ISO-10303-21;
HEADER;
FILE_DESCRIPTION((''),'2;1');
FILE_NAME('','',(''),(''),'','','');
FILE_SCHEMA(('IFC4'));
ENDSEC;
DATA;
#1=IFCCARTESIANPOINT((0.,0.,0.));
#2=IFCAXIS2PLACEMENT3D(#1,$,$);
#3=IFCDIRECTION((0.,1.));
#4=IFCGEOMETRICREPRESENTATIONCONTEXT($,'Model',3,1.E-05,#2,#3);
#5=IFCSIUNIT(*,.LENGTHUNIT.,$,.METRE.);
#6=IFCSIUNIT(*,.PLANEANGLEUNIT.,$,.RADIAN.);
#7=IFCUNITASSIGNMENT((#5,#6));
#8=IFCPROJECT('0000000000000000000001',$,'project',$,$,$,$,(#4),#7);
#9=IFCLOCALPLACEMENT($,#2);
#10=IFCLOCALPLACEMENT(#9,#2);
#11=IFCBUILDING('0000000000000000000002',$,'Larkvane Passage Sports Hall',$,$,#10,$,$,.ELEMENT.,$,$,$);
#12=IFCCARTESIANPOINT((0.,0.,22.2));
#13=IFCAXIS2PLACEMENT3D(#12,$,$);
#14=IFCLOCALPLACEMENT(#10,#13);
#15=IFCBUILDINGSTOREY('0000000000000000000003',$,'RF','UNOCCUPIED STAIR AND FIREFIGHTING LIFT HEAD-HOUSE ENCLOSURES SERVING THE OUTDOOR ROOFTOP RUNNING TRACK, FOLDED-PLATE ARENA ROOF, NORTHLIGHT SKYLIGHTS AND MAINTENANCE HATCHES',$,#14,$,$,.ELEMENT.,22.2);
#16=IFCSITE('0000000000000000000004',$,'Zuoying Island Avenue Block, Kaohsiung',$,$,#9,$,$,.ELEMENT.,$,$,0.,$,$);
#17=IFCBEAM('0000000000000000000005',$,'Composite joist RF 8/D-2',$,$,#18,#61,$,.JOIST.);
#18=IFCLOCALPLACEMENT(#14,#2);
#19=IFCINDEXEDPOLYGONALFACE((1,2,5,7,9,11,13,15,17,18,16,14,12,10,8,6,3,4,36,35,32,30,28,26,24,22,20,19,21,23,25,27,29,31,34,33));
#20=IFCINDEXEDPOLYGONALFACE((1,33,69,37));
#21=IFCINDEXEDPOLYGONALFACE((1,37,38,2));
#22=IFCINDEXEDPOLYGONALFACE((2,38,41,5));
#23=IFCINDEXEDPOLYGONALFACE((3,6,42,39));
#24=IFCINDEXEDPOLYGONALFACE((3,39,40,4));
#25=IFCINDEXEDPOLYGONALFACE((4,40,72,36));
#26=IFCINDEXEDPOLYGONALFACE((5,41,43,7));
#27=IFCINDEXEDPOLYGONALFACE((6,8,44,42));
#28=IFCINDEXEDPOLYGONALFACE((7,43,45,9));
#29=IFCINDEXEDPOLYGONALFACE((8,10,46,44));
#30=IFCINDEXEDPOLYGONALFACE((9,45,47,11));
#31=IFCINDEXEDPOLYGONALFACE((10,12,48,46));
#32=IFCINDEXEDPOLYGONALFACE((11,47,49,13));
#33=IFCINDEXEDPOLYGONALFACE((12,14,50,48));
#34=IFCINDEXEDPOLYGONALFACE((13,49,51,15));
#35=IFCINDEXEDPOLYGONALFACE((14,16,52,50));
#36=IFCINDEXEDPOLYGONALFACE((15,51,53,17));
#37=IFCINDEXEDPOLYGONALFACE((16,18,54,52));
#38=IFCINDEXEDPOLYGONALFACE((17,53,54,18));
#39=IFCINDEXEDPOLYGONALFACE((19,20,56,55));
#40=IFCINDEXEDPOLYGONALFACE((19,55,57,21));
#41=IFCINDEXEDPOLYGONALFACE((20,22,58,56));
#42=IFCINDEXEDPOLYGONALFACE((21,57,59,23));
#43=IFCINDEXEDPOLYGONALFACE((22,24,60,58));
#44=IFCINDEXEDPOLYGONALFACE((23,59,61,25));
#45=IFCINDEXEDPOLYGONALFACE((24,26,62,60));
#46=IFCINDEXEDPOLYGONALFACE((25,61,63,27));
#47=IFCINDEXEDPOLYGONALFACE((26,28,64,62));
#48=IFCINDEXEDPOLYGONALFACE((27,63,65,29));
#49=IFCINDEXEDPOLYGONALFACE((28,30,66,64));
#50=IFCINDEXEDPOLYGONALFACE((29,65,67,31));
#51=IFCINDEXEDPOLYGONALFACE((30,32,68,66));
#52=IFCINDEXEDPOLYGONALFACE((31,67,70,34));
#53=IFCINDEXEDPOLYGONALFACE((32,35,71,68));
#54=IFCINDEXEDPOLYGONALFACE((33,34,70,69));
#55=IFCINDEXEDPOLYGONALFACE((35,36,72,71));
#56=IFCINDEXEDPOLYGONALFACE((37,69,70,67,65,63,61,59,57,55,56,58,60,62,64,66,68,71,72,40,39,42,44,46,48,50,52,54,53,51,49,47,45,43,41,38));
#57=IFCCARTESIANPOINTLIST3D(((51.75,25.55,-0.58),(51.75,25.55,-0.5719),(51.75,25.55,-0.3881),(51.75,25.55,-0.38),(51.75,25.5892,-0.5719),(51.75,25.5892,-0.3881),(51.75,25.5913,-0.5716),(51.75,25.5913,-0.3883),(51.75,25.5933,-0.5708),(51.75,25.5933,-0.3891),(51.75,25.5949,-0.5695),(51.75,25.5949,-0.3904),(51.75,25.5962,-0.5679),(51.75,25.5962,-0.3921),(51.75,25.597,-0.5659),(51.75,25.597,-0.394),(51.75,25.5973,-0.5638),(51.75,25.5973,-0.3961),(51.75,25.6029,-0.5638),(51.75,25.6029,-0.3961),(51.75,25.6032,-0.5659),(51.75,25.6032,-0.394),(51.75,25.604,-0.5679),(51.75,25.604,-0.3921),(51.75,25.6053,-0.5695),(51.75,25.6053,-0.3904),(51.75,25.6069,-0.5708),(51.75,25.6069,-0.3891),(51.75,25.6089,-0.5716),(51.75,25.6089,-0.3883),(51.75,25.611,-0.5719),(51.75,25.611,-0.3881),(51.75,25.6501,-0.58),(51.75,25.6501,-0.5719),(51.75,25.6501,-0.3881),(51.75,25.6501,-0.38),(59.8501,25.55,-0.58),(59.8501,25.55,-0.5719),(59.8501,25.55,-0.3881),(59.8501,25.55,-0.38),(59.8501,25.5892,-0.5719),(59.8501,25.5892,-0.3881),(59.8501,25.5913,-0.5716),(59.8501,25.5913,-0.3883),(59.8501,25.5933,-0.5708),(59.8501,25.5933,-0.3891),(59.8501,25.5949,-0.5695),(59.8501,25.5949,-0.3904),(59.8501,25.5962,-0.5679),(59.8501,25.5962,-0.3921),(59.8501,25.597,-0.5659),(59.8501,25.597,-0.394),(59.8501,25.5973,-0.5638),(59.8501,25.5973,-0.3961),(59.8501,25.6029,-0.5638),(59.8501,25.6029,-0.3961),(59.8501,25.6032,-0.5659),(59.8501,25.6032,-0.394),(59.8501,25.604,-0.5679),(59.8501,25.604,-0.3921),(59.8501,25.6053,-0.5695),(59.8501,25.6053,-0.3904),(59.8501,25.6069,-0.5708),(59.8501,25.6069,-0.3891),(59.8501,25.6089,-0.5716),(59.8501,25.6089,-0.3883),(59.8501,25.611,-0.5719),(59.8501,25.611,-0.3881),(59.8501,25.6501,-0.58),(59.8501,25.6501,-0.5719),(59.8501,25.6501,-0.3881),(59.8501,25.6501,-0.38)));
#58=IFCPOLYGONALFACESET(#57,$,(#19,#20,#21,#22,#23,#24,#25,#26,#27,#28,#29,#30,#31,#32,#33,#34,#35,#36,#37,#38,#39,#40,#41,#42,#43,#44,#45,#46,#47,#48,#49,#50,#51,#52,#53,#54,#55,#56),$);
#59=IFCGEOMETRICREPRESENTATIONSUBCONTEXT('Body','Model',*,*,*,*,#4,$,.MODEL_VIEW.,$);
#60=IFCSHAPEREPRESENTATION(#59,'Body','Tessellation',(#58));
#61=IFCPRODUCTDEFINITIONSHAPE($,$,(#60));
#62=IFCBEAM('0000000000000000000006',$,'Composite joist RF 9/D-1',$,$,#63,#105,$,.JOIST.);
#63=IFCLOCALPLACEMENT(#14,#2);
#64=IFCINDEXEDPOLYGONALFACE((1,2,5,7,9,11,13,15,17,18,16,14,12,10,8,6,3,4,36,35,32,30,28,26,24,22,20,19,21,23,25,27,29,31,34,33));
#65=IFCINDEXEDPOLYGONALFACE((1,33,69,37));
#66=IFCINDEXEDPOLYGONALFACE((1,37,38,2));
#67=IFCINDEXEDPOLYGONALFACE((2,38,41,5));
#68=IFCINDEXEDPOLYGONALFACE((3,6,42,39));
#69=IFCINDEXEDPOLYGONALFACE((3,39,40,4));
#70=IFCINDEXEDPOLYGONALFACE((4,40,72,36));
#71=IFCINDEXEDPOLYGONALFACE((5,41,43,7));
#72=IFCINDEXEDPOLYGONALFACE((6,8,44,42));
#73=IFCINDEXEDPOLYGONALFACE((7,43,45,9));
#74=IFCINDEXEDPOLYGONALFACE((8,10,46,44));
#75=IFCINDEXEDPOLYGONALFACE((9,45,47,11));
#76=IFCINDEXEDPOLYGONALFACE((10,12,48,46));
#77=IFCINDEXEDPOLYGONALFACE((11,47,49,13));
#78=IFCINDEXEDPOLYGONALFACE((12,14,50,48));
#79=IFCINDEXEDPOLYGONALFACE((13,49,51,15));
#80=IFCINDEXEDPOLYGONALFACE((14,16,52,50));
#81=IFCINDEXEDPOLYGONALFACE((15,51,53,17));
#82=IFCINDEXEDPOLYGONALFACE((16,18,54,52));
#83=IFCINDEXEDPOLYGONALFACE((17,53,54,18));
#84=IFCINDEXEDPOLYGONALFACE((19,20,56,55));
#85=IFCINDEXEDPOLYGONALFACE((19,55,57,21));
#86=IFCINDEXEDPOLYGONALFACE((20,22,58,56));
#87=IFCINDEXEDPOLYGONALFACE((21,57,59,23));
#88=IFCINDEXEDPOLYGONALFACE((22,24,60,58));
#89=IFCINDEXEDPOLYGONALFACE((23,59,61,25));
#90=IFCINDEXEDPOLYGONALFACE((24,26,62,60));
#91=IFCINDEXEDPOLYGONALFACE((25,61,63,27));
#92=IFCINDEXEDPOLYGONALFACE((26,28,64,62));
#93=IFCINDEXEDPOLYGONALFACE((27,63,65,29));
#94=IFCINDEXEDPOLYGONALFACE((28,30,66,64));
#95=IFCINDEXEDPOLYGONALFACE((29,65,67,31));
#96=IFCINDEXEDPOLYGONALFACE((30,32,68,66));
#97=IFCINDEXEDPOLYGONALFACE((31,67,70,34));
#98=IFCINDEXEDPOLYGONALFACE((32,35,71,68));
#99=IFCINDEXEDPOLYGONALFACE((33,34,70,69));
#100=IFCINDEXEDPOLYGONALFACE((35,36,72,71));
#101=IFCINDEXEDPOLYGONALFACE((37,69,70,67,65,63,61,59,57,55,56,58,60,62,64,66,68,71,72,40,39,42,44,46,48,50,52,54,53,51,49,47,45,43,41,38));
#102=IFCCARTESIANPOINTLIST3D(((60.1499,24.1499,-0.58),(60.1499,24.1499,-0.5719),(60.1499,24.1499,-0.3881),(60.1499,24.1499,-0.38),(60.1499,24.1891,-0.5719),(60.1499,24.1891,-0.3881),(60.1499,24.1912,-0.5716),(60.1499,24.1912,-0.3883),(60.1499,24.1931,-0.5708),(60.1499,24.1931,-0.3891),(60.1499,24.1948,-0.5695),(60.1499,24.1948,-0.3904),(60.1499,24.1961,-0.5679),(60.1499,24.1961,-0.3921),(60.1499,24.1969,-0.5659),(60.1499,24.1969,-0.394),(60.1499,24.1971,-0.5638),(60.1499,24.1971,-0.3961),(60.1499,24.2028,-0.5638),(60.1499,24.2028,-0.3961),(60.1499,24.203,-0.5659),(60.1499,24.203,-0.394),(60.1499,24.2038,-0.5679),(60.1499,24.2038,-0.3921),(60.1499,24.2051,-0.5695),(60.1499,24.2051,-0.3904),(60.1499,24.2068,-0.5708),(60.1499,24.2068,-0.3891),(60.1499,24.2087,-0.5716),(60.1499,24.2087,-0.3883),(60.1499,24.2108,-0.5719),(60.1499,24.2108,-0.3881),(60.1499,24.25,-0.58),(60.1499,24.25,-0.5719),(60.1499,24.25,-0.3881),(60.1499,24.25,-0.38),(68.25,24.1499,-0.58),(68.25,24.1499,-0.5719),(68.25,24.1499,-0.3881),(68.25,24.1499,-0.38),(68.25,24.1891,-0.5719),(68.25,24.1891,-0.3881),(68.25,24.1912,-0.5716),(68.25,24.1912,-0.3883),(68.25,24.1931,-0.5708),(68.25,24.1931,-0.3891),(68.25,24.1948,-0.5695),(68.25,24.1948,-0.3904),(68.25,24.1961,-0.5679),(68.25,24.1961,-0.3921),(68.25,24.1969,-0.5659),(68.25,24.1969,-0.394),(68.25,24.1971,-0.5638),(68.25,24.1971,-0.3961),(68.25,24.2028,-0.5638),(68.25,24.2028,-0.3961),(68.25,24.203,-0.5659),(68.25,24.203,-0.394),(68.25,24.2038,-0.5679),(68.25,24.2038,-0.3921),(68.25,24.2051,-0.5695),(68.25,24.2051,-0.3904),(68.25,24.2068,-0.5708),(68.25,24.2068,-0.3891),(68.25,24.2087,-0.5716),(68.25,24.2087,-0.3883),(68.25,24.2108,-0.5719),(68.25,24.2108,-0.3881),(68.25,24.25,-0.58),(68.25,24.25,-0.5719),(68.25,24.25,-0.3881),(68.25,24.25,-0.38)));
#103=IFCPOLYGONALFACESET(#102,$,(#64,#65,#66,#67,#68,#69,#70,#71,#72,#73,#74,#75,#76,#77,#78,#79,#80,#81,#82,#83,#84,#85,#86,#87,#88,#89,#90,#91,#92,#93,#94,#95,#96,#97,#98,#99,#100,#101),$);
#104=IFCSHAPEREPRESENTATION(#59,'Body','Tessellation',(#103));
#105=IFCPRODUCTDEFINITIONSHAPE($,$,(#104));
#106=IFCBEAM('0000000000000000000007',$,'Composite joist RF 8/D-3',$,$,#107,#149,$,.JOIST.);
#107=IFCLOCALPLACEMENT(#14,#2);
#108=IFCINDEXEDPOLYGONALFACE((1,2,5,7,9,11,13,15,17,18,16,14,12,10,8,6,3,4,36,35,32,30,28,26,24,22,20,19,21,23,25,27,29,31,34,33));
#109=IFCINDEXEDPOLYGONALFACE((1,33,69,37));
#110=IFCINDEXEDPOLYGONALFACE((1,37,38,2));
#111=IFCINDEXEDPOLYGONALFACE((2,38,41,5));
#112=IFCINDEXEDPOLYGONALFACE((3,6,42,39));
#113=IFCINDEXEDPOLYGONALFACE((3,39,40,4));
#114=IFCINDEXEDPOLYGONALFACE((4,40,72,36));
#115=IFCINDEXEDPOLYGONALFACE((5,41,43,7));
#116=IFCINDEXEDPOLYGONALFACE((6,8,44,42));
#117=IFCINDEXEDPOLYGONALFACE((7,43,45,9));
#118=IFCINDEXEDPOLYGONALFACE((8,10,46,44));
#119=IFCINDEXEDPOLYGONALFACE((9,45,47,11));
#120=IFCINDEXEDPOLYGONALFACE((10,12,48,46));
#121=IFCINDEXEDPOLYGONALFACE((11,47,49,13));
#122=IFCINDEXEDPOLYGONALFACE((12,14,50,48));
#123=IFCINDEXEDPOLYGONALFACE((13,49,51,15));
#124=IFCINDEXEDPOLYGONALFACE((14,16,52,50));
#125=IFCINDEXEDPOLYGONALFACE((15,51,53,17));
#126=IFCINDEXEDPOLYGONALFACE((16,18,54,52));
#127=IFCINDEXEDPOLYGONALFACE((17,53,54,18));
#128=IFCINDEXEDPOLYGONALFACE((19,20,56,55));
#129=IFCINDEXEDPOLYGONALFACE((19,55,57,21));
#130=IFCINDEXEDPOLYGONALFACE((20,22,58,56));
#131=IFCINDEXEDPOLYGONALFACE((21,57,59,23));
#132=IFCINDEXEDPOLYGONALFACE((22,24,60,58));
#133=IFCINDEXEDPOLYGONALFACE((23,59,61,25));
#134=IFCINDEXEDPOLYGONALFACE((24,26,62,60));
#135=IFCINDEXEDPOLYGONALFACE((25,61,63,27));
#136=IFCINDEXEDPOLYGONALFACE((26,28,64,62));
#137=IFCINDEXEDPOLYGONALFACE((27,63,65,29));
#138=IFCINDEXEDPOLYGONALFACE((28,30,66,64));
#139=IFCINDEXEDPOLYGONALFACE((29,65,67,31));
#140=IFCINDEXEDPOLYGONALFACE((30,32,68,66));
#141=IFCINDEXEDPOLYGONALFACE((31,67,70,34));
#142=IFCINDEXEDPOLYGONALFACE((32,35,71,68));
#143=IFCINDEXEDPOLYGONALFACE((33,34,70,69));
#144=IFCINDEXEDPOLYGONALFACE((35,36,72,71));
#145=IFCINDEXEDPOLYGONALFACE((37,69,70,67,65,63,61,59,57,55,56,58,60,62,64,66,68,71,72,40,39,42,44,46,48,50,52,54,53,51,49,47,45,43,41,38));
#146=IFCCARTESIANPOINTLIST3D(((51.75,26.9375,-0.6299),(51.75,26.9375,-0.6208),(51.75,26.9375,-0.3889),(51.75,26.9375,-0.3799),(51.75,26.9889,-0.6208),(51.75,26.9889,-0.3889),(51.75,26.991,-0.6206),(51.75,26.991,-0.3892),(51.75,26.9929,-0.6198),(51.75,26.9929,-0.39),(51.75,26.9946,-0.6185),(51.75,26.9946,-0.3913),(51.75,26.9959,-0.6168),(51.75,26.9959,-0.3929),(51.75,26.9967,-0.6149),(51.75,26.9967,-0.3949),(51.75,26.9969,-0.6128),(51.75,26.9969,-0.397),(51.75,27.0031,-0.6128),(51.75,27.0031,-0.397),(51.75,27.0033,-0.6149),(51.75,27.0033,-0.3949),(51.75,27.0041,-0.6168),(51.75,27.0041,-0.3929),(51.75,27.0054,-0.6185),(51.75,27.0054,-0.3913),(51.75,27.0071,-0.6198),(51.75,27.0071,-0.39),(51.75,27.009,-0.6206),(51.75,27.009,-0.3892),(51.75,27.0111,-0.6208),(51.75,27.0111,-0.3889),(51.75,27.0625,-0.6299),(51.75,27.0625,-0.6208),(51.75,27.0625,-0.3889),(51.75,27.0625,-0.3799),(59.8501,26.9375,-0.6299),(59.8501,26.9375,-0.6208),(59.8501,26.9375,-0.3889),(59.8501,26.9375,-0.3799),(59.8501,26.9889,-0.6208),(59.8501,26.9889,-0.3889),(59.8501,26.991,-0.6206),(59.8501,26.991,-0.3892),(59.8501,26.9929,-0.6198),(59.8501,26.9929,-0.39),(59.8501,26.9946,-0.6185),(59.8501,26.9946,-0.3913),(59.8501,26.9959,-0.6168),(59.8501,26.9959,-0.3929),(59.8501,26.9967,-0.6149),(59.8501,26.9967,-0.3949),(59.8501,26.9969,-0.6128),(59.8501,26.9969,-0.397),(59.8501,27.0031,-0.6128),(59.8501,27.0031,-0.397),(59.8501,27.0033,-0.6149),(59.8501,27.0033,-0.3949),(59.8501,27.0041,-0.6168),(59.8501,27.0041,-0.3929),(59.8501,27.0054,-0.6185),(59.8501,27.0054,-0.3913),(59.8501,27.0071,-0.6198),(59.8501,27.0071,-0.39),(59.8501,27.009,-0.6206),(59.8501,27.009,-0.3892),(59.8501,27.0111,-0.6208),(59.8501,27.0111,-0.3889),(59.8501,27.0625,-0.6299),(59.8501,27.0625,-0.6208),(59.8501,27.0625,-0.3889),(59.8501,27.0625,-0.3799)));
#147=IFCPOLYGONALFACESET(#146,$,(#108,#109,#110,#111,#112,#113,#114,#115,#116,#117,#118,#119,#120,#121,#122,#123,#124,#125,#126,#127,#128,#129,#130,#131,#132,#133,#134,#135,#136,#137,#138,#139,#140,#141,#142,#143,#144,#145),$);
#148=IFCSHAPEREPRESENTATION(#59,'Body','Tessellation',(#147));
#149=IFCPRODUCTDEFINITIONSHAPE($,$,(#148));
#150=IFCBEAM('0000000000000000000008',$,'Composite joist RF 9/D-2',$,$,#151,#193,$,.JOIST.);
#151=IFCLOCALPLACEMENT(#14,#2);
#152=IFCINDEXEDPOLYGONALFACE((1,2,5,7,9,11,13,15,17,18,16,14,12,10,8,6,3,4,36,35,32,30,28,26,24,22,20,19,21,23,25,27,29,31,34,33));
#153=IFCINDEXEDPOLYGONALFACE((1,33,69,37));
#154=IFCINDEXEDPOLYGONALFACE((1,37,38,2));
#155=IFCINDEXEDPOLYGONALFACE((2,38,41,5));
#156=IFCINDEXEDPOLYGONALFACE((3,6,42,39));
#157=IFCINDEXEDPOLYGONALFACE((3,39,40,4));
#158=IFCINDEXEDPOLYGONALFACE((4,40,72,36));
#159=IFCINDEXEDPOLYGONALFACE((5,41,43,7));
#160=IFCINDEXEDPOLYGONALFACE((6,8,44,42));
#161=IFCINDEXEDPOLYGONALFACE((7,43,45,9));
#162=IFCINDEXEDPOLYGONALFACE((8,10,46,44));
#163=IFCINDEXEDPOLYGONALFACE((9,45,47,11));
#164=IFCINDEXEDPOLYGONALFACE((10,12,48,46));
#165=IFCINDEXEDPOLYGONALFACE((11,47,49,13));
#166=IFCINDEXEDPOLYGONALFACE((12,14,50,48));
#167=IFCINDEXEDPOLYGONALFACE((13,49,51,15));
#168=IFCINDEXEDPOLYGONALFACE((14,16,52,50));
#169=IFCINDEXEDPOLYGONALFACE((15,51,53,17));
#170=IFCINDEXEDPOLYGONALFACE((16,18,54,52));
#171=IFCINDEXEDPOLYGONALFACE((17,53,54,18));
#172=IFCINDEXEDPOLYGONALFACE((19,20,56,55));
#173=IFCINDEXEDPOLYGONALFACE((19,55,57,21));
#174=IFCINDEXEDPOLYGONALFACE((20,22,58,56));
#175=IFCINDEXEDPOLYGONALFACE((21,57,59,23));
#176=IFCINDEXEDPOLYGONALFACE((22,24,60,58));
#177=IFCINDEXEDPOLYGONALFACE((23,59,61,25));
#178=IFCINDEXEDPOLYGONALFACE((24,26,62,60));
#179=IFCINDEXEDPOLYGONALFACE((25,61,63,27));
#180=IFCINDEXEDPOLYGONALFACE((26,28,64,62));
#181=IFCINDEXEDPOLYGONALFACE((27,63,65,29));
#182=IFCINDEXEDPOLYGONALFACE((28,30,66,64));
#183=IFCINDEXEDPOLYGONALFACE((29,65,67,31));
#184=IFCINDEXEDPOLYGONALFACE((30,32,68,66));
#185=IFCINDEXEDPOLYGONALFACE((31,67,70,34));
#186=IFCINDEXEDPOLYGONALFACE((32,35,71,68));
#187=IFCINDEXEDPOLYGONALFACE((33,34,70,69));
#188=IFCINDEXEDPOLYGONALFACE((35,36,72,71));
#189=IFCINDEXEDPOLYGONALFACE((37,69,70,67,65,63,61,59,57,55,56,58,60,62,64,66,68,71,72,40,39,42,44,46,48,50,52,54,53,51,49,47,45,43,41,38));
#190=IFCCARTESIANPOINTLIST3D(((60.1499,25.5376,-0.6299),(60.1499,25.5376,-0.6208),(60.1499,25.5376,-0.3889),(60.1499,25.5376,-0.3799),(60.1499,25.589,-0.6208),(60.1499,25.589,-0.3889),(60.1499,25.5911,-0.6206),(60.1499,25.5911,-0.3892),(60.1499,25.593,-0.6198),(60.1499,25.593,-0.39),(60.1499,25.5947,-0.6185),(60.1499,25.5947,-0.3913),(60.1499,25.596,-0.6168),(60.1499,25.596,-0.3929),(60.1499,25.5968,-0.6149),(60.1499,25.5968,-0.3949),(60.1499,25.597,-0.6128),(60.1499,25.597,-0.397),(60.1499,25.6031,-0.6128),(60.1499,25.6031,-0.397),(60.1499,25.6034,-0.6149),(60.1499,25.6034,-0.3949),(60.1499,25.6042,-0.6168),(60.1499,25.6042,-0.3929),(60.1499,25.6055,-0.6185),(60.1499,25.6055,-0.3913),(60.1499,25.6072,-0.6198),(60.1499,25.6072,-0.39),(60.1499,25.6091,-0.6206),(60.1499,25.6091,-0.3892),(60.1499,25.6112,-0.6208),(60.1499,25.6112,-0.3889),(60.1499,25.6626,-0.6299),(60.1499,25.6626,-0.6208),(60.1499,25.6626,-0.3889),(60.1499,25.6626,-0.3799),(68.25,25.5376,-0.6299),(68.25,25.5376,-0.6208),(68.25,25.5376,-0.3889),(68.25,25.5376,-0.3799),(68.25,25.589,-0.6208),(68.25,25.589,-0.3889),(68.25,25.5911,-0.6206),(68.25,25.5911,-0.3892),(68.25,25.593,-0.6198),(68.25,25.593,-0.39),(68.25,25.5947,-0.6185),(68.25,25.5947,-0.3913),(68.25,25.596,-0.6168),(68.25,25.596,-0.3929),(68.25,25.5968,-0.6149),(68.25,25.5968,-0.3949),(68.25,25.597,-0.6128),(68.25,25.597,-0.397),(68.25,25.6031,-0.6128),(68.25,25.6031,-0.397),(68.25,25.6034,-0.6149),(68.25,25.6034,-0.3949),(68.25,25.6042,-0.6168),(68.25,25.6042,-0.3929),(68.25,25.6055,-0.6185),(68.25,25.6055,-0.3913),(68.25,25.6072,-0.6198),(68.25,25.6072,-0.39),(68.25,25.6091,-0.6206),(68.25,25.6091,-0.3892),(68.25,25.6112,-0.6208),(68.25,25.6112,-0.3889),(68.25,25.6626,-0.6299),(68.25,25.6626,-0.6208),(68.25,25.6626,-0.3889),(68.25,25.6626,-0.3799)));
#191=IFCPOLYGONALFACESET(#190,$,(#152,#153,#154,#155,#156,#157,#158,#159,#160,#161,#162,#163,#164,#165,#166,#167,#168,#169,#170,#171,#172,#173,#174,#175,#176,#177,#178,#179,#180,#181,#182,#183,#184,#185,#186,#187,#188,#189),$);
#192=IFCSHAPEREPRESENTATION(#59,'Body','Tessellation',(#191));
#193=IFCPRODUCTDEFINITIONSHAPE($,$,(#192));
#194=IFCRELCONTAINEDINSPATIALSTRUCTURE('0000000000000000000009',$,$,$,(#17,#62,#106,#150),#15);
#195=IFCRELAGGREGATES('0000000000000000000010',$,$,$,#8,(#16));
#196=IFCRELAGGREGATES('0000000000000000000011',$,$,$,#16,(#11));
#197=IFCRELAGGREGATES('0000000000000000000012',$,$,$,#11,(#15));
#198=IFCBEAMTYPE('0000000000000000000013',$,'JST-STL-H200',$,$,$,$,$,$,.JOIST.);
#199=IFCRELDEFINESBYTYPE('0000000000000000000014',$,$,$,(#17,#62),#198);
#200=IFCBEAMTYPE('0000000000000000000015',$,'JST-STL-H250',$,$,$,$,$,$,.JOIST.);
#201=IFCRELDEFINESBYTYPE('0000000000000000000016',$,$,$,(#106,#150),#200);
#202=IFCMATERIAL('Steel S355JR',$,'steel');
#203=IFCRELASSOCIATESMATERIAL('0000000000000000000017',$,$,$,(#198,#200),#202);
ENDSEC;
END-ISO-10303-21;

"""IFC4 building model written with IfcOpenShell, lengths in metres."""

from ifc_helpers import new_model, si_unit, direction, frame, origin, origin_2d, place, context, subcontext, project, spatial, i_section, extrude, material, material_profile, profile_set, type_object, element, save


model = new_model("IFC4")

# Units and contexts
model_context = context("Model", 3, precision=1e-05, world=origin(), true_north=direction((0.0, 1.0)))
body_context = subcontext(model_context, "Body", "Model", "MODEL_VIEW")
ifc_project = project(units=[si_unit("LENGTHUNIT", "METRE"), si_unit("PLANEANGLEUNIT", "RADIAN")], contexts=[model_context])

# Site, building, storey
site_placement = place(None, origin())
site = spatial("IfcSite", under=ifc_project, at=site_placement, Name="Zuoying Island Avenue Block, Kaohsiung", CompositionType="ELEMENT", RefElevation=0.0)
building_placement = place(site_placement, origin())
building = spatial("IfcBuilding", under=site, at=building_placement, Name="Larkvane Passage Sports Hall", CompositionType="ELEMENT")
storey_placement = place(building_placement, frame((0.0, 0.0, 22.2)))
storey = spatial("IfcBuildingStorey", under=building, at=storey_placement, Name="RF", Description="UNOCCUPIED STAIR AND FIREFIGHTING LIFT HEAD-HOUSE ENCLOSURES SERVING THE OUTDOOR ROOFTOP RUNNING TRACK, FOLDED-PLATE ARENA ROOF, NORTHLIGHT SKYLIGHTS AND MAINTENANCE HATCHES", CompositionType="ELEMENT", Elevation=22.2)

# Beams
ifc_material_1 = material(Name="Steel S355JR", Category="steel")
ifc_material_profile_1 = material_profile(ifc_material_1, i_section(OverallWidth=0.1001, OverallDepth=0.2, WebThickness=0.0056, FlangeThickness=0.0081, FilletRadius=0.0081, at=origin_2d()), Name="H-200x100x5.5x8")
ifc_profile_set_1 = profile_set([ifc_material_profile_1], Name="Steel S355JR")
beam_type_1 = type_object("IfcBeamType", Name="JST-STL-H200", PredefinedType="JOIST", material=ifc_profile_set_1)
for number, where, z_axis, x_axis, name in (
    (1, (51.75, 25.6001, -0.48), (1.0, 0.0, 0.0), (0.0, 1.0, 0.0), "Composite joist RF 8/D-2"),
    (2, (60.1499, 24.2, -0.48), (1.0, 0.0, 0.0), (0.0, 1.0, 0.0), "Composite joist RF 9/D-1"),
):
    element("IfcBeam", number, at=place(storey_placement, frame(where, z_axis=z_axis, x_axis=x_axis)), inside=storey, type_object=beam_type_1, Name=name, PredefinedType="JOIST", context=body_context, shape_type="SweptSolid", body=[
        extrude(i_section(OverallWidth=0.1001, OverallDepth=0.2, WebThickness=0.0056, FlangeThickness=0.0081, FilletRadius=0.0081, at=origin_2d()), origin(), (0.0, 0.0, 1.0), 8.1001),
    ])
ifc_material_profile_2 = material_profile(ifc_material_1, i_section(OverallWidth=0.125, OverallDepth=0.25, WebThickness=0.0061, FlangeThickness=0.009, FilletRadius=0.0081, at=origin_2d()), Name="H-250x125x6x9")
ifc_profile_set_2 = profile_set([ifc_material_profile_2], Name="Steel S355JR")
beam_type_2 = type_object("IfcBeamType", Name="JST-STL-H250", PredefinedType="JOIST", material=ifc_profile_set_2)
for number, where, z_axis, x_axis, name in (
    (3, (51.75, 27.0, -0.5049), (1.0, 0.0, 0.0), (0.0, 1.0, 0.0), "Composite joist RF 8/D-3"),
    (4, (60.1499, 25.6001, -0.5049), (1.0, 0.0, 0.0), (0.0, 1.0, 0.0), "Composite joist RF 9/D-2"),
):
    element("IfcBeam", number, at=place(storey_placement, frame(where, z_axis=z_axis, x_axis=x_axis)), inside=storey, type_object=beam_type_2, Name=name, PredefinedType="JOIST", context=body_context, shape_type="SweptSolid", body=[
        extrude(i_section(OverallWidth=0.125, OverallDepth=0.25, WebThickness=0.0061, FlangeThickness=0.009, FilletRadius=0.0081, at=origin_2d()), origin(), (0.0, 0.0, 1.0), 8.1001),
    ])

save(model, "model.ifc")
